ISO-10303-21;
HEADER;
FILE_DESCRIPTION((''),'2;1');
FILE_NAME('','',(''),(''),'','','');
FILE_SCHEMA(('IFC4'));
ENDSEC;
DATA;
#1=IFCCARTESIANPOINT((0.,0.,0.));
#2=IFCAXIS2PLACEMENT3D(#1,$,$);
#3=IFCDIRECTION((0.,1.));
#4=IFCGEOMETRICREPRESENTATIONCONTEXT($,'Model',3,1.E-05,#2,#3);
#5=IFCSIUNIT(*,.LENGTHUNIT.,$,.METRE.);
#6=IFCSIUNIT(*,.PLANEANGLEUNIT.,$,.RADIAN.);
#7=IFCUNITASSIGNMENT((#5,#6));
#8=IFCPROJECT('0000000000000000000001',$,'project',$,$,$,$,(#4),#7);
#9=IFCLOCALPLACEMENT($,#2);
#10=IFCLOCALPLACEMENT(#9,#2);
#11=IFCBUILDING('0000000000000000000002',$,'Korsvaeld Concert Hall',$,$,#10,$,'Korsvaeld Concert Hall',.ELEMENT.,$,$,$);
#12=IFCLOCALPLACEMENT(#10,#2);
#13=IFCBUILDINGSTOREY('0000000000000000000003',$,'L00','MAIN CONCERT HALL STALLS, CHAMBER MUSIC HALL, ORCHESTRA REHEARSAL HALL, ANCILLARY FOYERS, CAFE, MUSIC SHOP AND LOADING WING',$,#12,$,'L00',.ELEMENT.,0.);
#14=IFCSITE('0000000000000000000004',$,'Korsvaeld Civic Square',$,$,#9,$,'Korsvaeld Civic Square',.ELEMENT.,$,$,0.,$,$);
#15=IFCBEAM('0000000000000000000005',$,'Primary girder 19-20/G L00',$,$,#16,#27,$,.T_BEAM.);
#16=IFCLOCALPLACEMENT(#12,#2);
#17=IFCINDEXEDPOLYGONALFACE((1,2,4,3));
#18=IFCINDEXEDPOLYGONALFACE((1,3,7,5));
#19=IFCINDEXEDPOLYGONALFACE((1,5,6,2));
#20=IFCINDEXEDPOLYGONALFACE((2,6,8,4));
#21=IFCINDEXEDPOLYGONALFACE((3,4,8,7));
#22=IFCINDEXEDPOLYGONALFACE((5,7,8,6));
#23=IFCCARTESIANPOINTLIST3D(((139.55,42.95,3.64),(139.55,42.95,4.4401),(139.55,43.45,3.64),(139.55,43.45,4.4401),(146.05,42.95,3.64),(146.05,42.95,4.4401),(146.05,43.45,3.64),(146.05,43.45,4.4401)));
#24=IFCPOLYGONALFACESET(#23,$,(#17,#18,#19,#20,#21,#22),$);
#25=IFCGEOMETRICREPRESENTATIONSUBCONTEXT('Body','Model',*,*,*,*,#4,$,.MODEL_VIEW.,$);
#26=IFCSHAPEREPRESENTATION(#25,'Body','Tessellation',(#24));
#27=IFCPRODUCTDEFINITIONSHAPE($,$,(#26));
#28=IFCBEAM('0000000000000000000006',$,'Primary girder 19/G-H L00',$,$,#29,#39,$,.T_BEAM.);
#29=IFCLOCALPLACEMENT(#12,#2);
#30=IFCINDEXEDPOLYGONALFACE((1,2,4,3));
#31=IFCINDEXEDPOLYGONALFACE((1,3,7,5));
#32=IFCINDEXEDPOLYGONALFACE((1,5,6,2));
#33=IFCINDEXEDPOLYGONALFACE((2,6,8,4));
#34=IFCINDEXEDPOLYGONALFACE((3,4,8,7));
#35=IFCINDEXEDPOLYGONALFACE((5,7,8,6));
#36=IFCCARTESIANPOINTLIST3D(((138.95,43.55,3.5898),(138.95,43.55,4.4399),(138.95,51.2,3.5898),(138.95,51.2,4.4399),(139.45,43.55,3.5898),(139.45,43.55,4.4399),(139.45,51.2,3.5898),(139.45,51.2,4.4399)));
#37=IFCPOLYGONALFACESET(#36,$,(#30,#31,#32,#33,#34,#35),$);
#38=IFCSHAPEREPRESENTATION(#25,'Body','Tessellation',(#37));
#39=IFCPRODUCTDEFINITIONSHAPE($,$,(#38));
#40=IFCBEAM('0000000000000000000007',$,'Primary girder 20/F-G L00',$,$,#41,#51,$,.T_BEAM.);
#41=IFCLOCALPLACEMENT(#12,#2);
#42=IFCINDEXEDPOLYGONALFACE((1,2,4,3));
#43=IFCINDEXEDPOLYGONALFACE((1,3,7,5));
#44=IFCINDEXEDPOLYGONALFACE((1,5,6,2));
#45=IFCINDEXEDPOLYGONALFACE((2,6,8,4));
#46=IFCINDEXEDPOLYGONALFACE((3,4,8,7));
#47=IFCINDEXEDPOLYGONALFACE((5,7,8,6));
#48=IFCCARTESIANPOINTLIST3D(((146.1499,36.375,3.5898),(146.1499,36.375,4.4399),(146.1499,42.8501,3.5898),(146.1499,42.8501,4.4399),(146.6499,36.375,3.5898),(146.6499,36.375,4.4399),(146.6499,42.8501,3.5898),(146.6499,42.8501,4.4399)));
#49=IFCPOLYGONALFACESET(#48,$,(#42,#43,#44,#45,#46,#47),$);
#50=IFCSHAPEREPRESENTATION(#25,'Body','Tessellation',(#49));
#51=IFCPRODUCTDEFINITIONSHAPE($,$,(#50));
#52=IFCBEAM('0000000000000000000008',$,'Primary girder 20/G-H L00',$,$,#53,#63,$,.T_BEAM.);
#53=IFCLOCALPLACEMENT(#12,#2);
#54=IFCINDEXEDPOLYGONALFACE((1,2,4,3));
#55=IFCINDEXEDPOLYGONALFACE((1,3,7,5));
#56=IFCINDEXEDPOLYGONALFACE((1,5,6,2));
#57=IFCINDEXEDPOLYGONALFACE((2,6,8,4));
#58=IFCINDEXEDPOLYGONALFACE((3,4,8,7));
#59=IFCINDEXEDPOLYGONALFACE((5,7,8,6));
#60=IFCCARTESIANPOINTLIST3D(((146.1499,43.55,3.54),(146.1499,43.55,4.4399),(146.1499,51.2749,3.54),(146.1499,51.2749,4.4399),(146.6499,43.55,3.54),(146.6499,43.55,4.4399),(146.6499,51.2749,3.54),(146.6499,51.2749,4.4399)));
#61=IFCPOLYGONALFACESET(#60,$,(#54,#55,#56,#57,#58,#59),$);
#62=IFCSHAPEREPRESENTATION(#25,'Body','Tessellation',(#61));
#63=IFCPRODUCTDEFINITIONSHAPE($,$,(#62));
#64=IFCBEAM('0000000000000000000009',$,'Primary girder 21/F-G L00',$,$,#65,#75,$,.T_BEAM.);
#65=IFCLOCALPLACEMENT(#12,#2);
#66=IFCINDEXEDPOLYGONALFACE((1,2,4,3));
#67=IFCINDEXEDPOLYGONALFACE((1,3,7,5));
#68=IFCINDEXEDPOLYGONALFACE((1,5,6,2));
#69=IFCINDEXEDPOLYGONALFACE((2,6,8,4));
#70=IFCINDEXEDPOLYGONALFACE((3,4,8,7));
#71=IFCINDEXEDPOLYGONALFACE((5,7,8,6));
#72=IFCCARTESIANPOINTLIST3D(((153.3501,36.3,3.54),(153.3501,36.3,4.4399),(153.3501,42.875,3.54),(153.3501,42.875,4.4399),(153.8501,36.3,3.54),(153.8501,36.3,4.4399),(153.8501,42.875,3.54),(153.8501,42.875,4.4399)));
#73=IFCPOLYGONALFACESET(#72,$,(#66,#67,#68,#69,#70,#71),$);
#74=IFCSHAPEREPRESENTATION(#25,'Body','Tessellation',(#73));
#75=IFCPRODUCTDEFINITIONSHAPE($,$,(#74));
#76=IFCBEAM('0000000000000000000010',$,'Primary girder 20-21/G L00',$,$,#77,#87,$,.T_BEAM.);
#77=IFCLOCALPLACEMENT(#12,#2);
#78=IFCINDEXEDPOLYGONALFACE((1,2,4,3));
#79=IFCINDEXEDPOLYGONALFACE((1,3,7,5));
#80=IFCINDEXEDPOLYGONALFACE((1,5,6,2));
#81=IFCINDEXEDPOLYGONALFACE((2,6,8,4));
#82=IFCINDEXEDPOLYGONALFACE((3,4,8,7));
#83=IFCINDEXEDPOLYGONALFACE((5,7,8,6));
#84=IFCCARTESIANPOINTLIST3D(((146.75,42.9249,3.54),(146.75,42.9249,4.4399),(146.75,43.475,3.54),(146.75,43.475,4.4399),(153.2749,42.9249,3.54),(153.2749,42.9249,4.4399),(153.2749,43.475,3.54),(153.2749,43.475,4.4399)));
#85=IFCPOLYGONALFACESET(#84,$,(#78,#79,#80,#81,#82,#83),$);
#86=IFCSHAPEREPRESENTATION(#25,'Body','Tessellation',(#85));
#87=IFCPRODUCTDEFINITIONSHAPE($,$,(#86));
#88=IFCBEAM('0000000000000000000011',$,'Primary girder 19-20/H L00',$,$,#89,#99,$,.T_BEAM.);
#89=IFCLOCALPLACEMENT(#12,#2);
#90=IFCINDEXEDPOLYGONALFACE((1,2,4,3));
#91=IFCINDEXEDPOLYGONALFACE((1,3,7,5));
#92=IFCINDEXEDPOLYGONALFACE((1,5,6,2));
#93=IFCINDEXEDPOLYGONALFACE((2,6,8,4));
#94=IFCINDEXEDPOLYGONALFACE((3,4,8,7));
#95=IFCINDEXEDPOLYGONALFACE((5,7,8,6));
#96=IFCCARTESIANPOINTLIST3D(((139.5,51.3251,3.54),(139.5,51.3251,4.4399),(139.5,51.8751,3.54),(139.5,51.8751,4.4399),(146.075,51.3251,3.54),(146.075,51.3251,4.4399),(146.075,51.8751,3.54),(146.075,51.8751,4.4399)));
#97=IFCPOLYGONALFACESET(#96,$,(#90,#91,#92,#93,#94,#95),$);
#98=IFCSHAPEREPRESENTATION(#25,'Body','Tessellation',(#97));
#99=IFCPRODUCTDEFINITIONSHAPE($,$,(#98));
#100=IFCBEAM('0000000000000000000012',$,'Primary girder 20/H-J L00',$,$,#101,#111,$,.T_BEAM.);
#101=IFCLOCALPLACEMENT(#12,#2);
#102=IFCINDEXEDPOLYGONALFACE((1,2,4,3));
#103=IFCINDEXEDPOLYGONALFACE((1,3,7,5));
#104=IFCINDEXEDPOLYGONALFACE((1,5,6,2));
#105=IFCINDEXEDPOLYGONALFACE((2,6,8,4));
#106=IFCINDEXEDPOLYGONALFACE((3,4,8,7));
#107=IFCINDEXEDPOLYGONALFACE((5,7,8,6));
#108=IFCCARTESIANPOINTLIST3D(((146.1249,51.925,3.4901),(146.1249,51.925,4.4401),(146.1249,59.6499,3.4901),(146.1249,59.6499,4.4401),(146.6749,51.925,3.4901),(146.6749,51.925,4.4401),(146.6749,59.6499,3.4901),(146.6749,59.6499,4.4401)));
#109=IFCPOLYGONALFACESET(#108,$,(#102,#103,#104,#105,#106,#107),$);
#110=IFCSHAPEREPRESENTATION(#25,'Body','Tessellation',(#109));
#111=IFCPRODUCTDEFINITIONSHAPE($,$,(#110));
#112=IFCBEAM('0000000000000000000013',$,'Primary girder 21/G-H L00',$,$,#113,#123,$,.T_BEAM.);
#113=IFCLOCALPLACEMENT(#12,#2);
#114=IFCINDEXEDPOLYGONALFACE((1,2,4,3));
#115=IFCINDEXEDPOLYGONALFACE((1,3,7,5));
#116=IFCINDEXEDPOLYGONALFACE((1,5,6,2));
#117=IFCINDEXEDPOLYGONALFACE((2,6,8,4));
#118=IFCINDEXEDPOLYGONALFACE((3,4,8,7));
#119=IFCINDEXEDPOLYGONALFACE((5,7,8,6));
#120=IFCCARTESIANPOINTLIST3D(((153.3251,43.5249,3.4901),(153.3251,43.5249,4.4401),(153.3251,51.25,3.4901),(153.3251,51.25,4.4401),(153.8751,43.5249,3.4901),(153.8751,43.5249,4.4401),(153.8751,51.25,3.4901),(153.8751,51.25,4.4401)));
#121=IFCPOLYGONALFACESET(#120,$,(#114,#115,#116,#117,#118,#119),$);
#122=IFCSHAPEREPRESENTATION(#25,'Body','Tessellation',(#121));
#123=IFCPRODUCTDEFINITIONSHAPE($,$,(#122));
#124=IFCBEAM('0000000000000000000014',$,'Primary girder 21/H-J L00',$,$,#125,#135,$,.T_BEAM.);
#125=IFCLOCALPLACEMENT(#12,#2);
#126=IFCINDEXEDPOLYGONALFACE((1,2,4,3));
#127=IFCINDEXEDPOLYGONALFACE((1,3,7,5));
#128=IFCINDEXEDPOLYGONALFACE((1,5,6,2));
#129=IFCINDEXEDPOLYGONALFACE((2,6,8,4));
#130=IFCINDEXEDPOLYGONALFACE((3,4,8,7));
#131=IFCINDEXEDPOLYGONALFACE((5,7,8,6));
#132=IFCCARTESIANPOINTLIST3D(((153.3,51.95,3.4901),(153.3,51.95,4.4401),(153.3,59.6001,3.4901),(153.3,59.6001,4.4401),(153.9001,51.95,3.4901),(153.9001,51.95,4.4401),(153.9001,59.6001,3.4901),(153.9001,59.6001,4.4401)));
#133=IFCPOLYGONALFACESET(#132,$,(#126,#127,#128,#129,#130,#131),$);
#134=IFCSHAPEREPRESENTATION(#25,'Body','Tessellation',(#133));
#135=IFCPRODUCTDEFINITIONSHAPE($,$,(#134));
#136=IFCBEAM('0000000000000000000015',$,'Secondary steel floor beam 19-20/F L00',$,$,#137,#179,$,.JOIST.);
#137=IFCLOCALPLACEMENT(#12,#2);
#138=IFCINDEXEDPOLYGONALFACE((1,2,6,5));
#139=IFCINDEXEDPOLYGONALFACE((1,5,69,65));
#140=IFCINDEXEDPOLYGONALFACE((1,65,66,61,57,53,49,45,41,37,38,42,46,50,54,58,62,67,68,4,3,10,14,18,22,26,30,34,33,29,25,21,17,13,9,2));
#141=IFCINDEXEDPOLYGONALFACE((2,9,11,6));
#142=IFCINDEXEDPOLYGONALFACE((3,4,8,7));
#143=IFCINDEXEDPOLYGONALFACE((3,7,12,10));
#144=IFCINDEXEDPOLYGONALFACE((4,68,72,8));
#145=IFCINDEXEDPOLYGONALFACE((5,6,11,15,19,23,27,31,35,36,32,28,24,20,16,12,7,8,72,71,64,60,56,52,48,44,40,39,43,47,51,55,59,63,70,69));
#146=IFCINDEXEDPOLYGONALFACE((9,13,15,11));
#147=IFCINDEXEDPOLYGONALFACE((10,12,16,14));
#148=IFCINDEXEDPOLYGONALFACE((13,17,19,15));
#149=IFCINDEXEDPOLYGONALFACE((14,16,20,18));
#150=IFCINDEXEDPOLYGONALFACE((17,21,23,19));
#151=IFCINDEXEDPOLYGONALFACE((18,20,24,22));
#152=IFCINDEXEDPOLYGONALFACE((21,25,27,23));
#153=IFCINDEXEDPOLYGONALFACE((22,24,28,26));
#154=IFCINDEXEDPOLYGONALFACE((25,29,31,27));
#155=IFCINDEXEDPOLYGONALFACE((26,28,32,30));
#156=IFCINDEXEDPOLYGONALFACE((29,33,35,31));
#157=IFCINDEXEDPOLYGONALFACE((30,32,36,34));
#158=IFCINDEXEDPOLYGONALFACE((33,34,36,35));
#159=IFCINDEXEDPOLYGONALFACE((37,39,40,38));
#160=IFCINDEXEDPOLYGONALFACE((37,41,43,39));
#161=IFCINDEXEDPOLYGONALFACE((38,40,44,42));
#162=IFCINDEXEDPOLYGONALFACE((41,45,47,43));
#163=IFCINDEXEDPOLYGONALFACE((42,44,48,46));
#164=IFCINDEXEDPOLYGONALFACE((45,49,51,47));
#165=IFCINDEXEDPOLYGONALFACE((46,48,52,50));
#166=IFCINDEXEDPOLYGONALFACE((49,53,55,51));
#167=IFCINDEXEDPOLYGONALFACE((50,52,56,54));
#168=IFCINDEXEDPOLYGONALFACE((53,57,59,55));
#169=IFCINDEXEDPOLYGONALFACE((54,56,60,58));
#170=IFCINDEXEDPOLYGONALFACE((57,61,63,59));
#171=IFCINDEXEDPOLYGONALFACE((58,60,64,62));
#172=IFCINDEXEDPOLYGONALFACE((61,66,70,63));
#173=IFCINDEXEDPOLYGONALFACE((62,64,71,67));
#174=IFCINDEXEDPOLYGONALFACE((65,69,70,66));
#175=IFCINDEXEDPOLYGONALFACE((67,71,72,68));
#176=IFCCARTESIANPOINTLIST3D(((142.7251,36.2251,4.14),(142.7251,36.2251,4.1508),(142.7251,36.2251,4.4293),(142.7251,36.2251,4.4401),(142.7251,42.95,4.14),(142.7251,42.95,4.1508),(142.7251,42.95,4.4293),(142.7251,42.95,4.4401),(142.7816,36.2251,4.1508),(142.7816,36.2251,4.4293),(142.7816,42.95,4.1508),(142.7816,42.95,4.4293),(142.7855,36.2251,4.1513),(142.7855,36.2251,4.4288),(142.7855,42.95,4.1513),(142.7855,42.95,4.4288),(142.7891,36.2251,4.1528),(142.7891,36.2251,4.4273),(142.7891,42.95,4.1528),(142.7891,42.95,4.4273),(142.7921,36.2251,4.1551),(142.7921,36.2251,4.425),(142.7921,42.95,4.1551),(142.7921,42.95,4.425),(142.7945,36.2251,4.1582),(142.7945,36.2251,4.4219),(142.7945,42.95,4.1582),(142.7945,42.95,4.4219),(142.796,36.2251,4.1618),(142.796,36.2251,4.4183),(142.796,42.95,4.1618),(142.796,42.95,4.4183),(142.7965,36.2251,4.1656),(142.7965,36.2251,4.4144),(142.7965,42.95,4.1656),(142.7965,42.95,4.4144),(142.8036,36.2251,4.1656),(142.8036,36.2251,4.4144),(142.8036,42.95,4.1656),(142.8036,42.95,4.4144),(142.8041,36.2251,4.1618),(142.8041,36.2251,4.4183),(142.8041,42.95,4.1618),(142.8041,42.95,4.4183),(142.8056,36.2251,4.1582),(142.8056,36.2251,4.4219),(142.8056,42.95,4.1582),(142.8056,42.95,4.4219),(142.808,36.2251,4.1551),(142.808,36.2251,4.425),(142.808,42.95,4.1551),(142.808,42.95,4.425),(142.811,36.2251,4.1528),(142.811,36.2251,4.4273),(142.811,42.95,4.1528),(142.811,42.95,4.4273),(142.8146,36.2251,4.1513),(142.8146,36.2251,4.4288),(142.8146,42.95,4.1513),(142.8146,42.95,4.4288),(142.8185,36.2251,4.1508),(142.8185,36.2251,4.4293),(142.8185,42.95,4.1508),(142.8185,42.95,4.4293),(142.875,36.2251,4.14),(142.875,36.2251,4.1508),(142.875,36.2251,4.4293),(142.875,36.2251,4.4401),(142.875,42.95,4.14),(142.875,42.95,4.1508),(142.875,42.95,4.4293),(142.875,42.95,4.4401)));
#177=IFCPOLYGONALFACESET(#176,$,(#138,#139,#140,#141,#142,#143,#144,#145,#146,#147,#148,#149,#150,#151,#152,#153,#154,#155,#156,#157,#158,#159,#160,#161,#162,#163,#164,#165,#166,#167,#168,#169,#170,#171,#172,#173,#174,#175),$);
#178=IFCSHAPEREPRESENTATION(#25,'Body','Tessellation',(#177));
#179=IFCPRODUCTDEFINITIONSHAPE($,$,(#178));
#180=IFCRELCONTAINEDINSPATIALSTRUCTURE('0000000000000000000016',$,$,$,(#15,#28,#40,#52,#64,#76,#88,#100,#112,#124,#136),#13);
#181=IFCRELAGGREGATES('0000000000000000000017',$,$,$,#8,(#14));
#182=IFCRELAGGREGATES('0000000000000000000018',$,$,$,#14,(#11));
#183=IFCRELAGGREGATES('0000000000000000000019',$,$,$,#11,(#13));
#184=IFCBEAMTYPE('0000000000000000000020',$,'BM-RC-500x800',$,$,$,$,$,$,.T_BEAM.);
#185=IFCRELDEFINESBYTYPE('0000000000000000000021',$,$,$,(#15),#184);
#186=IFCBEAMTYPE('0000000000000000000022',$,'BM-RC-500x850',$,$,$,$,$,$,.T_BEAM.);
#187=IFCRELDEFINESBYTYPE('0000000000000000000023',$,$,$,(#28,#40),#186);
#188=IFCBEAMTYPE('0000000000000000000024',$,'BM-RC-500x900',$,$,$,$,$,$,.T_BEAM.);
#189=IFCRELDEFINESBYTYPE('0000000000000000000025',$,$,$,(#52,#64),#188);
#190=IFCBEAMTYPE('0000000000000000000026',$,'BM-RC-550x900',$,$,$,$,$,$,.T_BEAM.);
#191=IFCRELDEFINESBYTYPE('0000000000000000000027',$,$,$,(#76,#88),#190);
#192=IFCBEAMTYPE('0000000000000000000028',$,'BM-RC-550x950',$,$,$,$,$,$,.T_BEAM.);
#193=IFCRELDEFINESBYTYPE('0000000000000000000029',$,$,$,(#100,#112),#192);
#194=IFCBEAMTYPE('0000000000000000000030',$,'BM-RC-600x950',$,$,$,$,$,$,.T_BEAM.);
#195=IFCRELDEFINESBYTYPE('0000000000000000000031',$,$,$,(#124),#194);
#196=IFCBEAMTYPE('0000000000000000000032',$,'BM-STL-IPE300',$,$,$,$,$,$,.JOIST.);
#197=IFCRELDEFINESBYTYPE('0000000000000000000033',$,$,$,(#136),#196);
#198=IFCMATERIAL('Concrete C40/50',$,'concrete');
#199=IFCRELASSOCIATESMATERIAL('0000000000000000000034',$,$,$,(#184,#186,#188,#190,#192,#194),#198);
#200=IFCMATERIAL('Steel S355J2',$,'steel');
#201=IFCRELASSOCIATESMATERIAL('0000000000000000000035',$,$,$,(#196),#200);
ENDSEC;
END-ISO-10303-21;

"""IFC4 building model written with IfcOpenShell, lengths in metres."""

from ifc_helpers import new_model, si_unit, direction, frame, origin, origin_2d, place, context, subcontext, project, spatial, rectangle, i_section, extrude, material, material_profile, profile_set, type_object, element, save


model = new_model("IFC4")

# Units and contexts
model_context = context("Model", 3, precision=1e-05, world=origin(), true_north=direction((0.0, 1.0)))
body_context = subcontext(model_context, "Body", "Model", "MODEL_VIEW")
ifc_project = project(units=[si_unit("LENGTHUNIT", "METRE"), si_unit("PLANEANGLEUNIT", "RADIAN")], contexts=[model_context])

# Site, building, storey
site_placement = place(None, origin())
site = spatial("IfcSite", under=ifc_project, at=site_placement, Name="Korsvaeld Civic Square", LongName="Korsvaeld Civic Square", CompositionType="ELEMENT", RefElevation=0.0)
building_placement = place(site_placement, origin())
building = spatial("IfcBuilding", under=site, at=building_placement, Name="Korsvaeld Concert Hall", LongName="Korsvaeld Concert Hall", CompositionType="ELEMENT")
storey_placement = place(building_placement, origin())
storey = spatial("IfcBuildingStorey", under=building, at=storey_placement, Name="L00", Description="MAIN CONCERT HALL STALLS, CHAMBER MUSIC HALL, ORCHESTRA REHEARSAL HALL, ANCILLARY FOYERS, CAFE, MUSIC SHOP AND LOADING WING", LongName="L00", CompositionType="ELEMENT", Elevation=0.0)

# Shared definitions
ifc_material_1 = material(Name="Concrete C40/50", Category="concrete")

# Beams
ifc_material_profile_1 = material_profile(ifc_material_1, rectangle(XDim=0.5, YDim=0.8, at=origin_2d()), Name="RC 500x800")
ifc_profile_set_1 = profile_set([ifc_material_profile_1], Name="Concrete C40/50")
beam_type_1 = type_object("IfcBeamType", Name="BM-RC-500x800", PredefinedType="T_BEAM", material=ifc_profile_set_1)
beam_1_placement = place(storey_placement, frame((139.55, 43.2, 4.04), z_axis=(1.0, 0.0, 0.0), x_axis=(0.0, 1.0, 0.0)))
element("IfcBeam", 1, at=beam_1_placement, inside=storey, type_object=beam_type_1, Name="Primary girder 19-20/G L00", PredefinedType="T_BEAM", context=body_context, shape_type="SweptSolid", body=[
    extrude(rectangle(XDim=0.5, YDim=0.8, at=origin_2d()), origin(), (0.0, 0.0, 1.0), 6.5),
])
ifc_material_profile_2 = material_profile(ifc_material_1, rectangle(XDim=0.5, YDim=0.8501, at=origin_2d()), Name="RC 500x850")
ifc_profile_set_2 = profile_set([ifc_material_profile_2], Name="Concrete C40/50")
beam_type_2 = type_object("IfcBeamType", Name="BM-RC-500x850", PredefinedType="T_BEAM", material=ifc_profile_set_2)
beam_2_placement = place(storey_placement, frame((139.2, 43.55, 4.0149), z_axis=(0.0, 1.0, 0.0), x_axis=(-1.0, 0.0, 0.0)))
element("IfcBeam", 2, at=beam_2_placement, inside=storey, type_object=beam_type_2, Name="Primary girder 19/G-H L00", PredefinedType="T_BEAM", context=body_context, shape_type="SweptSolid", body=[
    extrude(rectangle(XDim=0.5, YDim=0.8501, at=origin_2d()), origin(), (0.0, 0.0, 1.0), 7.6499),
])
beam_3_placement = place(storey_placement, frame((146.3999, 36.375, 4.0149), z_axis=(0.0, 1.0, 0.0), x_axis=(-1.0, 0.0, 0.0)))
element("IfcBeam", 3, at=beam_3_placement, inside=storey, type_object=beam_type_2, Name="Primary girder 20/F-G L00", PredefinedType="T_BEAM", context=body_context, shape_type="SweptSolid", body=[
    extrude(rectangle(XDim=0.5, YDim=0.8501, at=origin_2d()), origin(), (0.0, 0.0, 1.0), 6.4751),
])
ifc_material_profile_3 = material_profile(ifc_material_1, rectangle(XDim=0.5, YDim=0.8999, at=origin_2d()), Name="RC 500x900")
ifc_profile_set_3 = profile_set([ifc_material_profile_3], Name="Concrete C40/50")
beam_type_3 = type_object("IfcBeamType", Name="BM-RC-500x900", PredefinedType="T_BEAM", material=ifc_profile_set_3)
beam_4_placement = place(storey_placement, frame((146.3999, 43.55, 3.99), z_axis=(0.0, 1.0, 0.0), x_axis=(-1.0, 0.0, 0.0)))
element("IfcBeam", 4, at=beam_4_placement, inside=storey, type_object=beam_type_3, Name="Primary girder 20/G-H L00", PredefinedType="T_BEAM", context=body_context, shape_type="SweptSolid", body=[
    extrude(rectangle(XDim=0.5, YDim=0.8999, at=origin_2d()), origin(), (0.0, 0.0, 1.0), 7.7249),
])
beam_5_placement = place(storey_placement, frame((153.6001, 36.3, 3.99), z_axis=(0.0, 1.0, 0.0), x_axis=(-1.0, 0.0, 0.0)))
element("IfcBeam", 5, at=beam_5_placement, inside=storey, type_object=beam_type_3, Name="Primary girder 21/F-G L00", PredefinedType="T_BEAM", context=body_context, shape_type="SweptSolid", body=[
    extrude(rectangle(XDim=0.5, YDim=0.8999, at=origin_2d()), origin(), (0.0, 0.0, 1.0), 6.575),
])
ifc_material_profile_4 = material_profile(ifc_material_1, rectangle(XDim=0.55, YDim=0.8999, at=origin_2d()), Name="RC 550x900")
ifc_profile_set_4 = profile_set([ifc_material_profile_4], Name="Concrete C40/50")
beam_type_4 = type_object("IfcBeamType", Name="BM-RC-550x900", PredefinedType="T_BEAM", material=ifc_profile_set_4)
beam_6_placement = place(storey_placement, frame((146.75, 43.2, 3.99), z_axis=(1.0, 0.0, 0.0), x_axis=(0.0, 1.0, 0.0)))
element("IfcBeam", 6, at=beam_6_placement, inside=storey, type_object=beam_type_4, Name="Primary girder 20-21/G L00", PredefinedType="T_BEAM", context=body_context, shape_type="SweptSolid", body=[
    extrude(rectangle(XDim=0.55, YDim=0.8999, at=origin_2d()), origin(), (0.0, 0.0, 1.0), 6.5249),
])
beam_7_placement = place(storey_placement, frame((139.5, 51.6001, 3.99), z_axis=(1.0, 0.0, 0.0), x_axis=(0.0, 1.0, 0.0)))
element("IfcBeam", 7, at=beam_7_placement, inside=storey, type_object=beam_type_4, Name="Primary girder 19-20/H L00", PredefinedType="T_BEAM", context=body_context, shape_type="SweptSolid", body=[
    extrude(rectangle(XDim=0.55, YDim=0.8999, at=origin_2d()), origin(), (0.0, 0.0, 1.0), 6.575),
])
ifc_material_profile_5 = material_profile(ifc_material_1, rectangle(XDim=0.55, YDim=0.95, at=origin_2d()), Name="RC 550x950")
ifc_profile_set_5 = profile_set([ifc_material_profile_5], Name="Concrete C40/50")
beam_type_5 = type_object("IfcBeamType", Name="BM-RC-550x950", PredefinedType="T_BEAM", material=ifc_profile_set_5)
beam_8_placement = place(storey_placement, frame((146.3999, 51.925, 3.9651), z_axis=(0.0, 1.0, 0.0), x_axis=(-1.0, 0.0, 0.0)))
element("IfcBeam", 8, at=beam_8_placement, inside=storey, type_object=beam_type_5, Name="Primary girder 20/H-J L00", PredefinedType="T_BEAM", context=body_context, shape_type="SweptSolid", body=[
    extrude(rectangle(XDim=0.55, YDim=0.95, at=origin_2d()), origin(), (0.0, 0.0, 1.0), 7.7249),
])
beam_9_placement = place(storey_placement, frame((153.6001, 43.5249, 3.9651), z_axis=(0.0, 1.0, 0.0), x_axis=(-1.0, 0.0, 0.0)))
element("IfcBeam", 9, at=beam_9_placement, inside=storey, type_object=beam_type_5, Name="Primary girder 21/G-H L00", PredefinedType="T_BEAM", context=body_context, shape_type="SweptSolid", body=[
    extrude(rectangle(XDim=0.55, YDim=0.95, at=origin_2d()), origin(), (0.0, 0.0, 1.0), 7.7251),
])
ifc_material_profile_6 = material_profile(ifc_material_1, rectangle(XDim=0.6001, YDim=0.95, at=origin_2d()), Name="RC 600x950")
ifc_profile_set_6 = profile_set([ifc_material_profile_6], Name="Concrete C40/50")
beam_type_6 = type_object("IfcBeamType", Name="BM-RC-600x950", PredefinedType="T_BEAM", material=ifc_profile_set_6)
beam_10_placement = place(storey_placement, frame((153.6001, 51.95, 3.9651), z_axis=(0.0, 1.0, 0.0), x_axis=(-1.0, 0.0, 0.0)))
element("IfcBeam", 10, at=beam_10_placement, inside=storey, type_object=beam_type_6, Name="Primary girder 21/H-J L00", PredefinedType="T_BEAM", context=body_context, shape_type="SweptSolid", body=[
    extrude(rectangle(XDim=0.6001, YDim=0.95, at=origin_2d()), origin(), (0.0, 0.0, 1.0), 7.6501),
])
ifc_material_2 = material(Name="Steel S355J2", Category="steel")
ifc_material_profile_7 = material_profile(ifc_material_2, i_section(OverallWidth=0.1499, OverallDepth=0.3, WebThickness=0.0071, FlangeThickness=0.0107, FilletRadius=0.0149, at=origin_2d()), Name="IPE 300")
ifc_profile_set_7 = profile_set([ifc_material_profile_7], Name="Steel S355J2")
beam_type_7 = type_object("IfcBeamType", Name="BM-STL-IPE300", PredefinedType="JOIST", material=ifc_profile_set_7)
beam_11_placement = place(storey_placement, frame((142.8, 36.2251, 4.29), z_axis=(0.0, 1.0, 0.0), x_axis=(-1.0, 0.0, 0.0)))
element("IfcBeam", 11, at=beam_11_placement, inside=storey, type_object=beam_type_7, Name="Secondary steel floor beam 19-20/F L00", PredefinedType="JOIST", context=body_context, shape_type="SweptSolid", body=[
    extrude(i_section(OverallWidth=0.1499, OverallDepth=0.3, WebThickness=0.0071, FlangeThickness=0.0107, FilletRadius=0.0149, at=origin_2d()), origin(), (0.0, 0.0, 1.0), 6.7249),
])

save(model, "model.ifc")
